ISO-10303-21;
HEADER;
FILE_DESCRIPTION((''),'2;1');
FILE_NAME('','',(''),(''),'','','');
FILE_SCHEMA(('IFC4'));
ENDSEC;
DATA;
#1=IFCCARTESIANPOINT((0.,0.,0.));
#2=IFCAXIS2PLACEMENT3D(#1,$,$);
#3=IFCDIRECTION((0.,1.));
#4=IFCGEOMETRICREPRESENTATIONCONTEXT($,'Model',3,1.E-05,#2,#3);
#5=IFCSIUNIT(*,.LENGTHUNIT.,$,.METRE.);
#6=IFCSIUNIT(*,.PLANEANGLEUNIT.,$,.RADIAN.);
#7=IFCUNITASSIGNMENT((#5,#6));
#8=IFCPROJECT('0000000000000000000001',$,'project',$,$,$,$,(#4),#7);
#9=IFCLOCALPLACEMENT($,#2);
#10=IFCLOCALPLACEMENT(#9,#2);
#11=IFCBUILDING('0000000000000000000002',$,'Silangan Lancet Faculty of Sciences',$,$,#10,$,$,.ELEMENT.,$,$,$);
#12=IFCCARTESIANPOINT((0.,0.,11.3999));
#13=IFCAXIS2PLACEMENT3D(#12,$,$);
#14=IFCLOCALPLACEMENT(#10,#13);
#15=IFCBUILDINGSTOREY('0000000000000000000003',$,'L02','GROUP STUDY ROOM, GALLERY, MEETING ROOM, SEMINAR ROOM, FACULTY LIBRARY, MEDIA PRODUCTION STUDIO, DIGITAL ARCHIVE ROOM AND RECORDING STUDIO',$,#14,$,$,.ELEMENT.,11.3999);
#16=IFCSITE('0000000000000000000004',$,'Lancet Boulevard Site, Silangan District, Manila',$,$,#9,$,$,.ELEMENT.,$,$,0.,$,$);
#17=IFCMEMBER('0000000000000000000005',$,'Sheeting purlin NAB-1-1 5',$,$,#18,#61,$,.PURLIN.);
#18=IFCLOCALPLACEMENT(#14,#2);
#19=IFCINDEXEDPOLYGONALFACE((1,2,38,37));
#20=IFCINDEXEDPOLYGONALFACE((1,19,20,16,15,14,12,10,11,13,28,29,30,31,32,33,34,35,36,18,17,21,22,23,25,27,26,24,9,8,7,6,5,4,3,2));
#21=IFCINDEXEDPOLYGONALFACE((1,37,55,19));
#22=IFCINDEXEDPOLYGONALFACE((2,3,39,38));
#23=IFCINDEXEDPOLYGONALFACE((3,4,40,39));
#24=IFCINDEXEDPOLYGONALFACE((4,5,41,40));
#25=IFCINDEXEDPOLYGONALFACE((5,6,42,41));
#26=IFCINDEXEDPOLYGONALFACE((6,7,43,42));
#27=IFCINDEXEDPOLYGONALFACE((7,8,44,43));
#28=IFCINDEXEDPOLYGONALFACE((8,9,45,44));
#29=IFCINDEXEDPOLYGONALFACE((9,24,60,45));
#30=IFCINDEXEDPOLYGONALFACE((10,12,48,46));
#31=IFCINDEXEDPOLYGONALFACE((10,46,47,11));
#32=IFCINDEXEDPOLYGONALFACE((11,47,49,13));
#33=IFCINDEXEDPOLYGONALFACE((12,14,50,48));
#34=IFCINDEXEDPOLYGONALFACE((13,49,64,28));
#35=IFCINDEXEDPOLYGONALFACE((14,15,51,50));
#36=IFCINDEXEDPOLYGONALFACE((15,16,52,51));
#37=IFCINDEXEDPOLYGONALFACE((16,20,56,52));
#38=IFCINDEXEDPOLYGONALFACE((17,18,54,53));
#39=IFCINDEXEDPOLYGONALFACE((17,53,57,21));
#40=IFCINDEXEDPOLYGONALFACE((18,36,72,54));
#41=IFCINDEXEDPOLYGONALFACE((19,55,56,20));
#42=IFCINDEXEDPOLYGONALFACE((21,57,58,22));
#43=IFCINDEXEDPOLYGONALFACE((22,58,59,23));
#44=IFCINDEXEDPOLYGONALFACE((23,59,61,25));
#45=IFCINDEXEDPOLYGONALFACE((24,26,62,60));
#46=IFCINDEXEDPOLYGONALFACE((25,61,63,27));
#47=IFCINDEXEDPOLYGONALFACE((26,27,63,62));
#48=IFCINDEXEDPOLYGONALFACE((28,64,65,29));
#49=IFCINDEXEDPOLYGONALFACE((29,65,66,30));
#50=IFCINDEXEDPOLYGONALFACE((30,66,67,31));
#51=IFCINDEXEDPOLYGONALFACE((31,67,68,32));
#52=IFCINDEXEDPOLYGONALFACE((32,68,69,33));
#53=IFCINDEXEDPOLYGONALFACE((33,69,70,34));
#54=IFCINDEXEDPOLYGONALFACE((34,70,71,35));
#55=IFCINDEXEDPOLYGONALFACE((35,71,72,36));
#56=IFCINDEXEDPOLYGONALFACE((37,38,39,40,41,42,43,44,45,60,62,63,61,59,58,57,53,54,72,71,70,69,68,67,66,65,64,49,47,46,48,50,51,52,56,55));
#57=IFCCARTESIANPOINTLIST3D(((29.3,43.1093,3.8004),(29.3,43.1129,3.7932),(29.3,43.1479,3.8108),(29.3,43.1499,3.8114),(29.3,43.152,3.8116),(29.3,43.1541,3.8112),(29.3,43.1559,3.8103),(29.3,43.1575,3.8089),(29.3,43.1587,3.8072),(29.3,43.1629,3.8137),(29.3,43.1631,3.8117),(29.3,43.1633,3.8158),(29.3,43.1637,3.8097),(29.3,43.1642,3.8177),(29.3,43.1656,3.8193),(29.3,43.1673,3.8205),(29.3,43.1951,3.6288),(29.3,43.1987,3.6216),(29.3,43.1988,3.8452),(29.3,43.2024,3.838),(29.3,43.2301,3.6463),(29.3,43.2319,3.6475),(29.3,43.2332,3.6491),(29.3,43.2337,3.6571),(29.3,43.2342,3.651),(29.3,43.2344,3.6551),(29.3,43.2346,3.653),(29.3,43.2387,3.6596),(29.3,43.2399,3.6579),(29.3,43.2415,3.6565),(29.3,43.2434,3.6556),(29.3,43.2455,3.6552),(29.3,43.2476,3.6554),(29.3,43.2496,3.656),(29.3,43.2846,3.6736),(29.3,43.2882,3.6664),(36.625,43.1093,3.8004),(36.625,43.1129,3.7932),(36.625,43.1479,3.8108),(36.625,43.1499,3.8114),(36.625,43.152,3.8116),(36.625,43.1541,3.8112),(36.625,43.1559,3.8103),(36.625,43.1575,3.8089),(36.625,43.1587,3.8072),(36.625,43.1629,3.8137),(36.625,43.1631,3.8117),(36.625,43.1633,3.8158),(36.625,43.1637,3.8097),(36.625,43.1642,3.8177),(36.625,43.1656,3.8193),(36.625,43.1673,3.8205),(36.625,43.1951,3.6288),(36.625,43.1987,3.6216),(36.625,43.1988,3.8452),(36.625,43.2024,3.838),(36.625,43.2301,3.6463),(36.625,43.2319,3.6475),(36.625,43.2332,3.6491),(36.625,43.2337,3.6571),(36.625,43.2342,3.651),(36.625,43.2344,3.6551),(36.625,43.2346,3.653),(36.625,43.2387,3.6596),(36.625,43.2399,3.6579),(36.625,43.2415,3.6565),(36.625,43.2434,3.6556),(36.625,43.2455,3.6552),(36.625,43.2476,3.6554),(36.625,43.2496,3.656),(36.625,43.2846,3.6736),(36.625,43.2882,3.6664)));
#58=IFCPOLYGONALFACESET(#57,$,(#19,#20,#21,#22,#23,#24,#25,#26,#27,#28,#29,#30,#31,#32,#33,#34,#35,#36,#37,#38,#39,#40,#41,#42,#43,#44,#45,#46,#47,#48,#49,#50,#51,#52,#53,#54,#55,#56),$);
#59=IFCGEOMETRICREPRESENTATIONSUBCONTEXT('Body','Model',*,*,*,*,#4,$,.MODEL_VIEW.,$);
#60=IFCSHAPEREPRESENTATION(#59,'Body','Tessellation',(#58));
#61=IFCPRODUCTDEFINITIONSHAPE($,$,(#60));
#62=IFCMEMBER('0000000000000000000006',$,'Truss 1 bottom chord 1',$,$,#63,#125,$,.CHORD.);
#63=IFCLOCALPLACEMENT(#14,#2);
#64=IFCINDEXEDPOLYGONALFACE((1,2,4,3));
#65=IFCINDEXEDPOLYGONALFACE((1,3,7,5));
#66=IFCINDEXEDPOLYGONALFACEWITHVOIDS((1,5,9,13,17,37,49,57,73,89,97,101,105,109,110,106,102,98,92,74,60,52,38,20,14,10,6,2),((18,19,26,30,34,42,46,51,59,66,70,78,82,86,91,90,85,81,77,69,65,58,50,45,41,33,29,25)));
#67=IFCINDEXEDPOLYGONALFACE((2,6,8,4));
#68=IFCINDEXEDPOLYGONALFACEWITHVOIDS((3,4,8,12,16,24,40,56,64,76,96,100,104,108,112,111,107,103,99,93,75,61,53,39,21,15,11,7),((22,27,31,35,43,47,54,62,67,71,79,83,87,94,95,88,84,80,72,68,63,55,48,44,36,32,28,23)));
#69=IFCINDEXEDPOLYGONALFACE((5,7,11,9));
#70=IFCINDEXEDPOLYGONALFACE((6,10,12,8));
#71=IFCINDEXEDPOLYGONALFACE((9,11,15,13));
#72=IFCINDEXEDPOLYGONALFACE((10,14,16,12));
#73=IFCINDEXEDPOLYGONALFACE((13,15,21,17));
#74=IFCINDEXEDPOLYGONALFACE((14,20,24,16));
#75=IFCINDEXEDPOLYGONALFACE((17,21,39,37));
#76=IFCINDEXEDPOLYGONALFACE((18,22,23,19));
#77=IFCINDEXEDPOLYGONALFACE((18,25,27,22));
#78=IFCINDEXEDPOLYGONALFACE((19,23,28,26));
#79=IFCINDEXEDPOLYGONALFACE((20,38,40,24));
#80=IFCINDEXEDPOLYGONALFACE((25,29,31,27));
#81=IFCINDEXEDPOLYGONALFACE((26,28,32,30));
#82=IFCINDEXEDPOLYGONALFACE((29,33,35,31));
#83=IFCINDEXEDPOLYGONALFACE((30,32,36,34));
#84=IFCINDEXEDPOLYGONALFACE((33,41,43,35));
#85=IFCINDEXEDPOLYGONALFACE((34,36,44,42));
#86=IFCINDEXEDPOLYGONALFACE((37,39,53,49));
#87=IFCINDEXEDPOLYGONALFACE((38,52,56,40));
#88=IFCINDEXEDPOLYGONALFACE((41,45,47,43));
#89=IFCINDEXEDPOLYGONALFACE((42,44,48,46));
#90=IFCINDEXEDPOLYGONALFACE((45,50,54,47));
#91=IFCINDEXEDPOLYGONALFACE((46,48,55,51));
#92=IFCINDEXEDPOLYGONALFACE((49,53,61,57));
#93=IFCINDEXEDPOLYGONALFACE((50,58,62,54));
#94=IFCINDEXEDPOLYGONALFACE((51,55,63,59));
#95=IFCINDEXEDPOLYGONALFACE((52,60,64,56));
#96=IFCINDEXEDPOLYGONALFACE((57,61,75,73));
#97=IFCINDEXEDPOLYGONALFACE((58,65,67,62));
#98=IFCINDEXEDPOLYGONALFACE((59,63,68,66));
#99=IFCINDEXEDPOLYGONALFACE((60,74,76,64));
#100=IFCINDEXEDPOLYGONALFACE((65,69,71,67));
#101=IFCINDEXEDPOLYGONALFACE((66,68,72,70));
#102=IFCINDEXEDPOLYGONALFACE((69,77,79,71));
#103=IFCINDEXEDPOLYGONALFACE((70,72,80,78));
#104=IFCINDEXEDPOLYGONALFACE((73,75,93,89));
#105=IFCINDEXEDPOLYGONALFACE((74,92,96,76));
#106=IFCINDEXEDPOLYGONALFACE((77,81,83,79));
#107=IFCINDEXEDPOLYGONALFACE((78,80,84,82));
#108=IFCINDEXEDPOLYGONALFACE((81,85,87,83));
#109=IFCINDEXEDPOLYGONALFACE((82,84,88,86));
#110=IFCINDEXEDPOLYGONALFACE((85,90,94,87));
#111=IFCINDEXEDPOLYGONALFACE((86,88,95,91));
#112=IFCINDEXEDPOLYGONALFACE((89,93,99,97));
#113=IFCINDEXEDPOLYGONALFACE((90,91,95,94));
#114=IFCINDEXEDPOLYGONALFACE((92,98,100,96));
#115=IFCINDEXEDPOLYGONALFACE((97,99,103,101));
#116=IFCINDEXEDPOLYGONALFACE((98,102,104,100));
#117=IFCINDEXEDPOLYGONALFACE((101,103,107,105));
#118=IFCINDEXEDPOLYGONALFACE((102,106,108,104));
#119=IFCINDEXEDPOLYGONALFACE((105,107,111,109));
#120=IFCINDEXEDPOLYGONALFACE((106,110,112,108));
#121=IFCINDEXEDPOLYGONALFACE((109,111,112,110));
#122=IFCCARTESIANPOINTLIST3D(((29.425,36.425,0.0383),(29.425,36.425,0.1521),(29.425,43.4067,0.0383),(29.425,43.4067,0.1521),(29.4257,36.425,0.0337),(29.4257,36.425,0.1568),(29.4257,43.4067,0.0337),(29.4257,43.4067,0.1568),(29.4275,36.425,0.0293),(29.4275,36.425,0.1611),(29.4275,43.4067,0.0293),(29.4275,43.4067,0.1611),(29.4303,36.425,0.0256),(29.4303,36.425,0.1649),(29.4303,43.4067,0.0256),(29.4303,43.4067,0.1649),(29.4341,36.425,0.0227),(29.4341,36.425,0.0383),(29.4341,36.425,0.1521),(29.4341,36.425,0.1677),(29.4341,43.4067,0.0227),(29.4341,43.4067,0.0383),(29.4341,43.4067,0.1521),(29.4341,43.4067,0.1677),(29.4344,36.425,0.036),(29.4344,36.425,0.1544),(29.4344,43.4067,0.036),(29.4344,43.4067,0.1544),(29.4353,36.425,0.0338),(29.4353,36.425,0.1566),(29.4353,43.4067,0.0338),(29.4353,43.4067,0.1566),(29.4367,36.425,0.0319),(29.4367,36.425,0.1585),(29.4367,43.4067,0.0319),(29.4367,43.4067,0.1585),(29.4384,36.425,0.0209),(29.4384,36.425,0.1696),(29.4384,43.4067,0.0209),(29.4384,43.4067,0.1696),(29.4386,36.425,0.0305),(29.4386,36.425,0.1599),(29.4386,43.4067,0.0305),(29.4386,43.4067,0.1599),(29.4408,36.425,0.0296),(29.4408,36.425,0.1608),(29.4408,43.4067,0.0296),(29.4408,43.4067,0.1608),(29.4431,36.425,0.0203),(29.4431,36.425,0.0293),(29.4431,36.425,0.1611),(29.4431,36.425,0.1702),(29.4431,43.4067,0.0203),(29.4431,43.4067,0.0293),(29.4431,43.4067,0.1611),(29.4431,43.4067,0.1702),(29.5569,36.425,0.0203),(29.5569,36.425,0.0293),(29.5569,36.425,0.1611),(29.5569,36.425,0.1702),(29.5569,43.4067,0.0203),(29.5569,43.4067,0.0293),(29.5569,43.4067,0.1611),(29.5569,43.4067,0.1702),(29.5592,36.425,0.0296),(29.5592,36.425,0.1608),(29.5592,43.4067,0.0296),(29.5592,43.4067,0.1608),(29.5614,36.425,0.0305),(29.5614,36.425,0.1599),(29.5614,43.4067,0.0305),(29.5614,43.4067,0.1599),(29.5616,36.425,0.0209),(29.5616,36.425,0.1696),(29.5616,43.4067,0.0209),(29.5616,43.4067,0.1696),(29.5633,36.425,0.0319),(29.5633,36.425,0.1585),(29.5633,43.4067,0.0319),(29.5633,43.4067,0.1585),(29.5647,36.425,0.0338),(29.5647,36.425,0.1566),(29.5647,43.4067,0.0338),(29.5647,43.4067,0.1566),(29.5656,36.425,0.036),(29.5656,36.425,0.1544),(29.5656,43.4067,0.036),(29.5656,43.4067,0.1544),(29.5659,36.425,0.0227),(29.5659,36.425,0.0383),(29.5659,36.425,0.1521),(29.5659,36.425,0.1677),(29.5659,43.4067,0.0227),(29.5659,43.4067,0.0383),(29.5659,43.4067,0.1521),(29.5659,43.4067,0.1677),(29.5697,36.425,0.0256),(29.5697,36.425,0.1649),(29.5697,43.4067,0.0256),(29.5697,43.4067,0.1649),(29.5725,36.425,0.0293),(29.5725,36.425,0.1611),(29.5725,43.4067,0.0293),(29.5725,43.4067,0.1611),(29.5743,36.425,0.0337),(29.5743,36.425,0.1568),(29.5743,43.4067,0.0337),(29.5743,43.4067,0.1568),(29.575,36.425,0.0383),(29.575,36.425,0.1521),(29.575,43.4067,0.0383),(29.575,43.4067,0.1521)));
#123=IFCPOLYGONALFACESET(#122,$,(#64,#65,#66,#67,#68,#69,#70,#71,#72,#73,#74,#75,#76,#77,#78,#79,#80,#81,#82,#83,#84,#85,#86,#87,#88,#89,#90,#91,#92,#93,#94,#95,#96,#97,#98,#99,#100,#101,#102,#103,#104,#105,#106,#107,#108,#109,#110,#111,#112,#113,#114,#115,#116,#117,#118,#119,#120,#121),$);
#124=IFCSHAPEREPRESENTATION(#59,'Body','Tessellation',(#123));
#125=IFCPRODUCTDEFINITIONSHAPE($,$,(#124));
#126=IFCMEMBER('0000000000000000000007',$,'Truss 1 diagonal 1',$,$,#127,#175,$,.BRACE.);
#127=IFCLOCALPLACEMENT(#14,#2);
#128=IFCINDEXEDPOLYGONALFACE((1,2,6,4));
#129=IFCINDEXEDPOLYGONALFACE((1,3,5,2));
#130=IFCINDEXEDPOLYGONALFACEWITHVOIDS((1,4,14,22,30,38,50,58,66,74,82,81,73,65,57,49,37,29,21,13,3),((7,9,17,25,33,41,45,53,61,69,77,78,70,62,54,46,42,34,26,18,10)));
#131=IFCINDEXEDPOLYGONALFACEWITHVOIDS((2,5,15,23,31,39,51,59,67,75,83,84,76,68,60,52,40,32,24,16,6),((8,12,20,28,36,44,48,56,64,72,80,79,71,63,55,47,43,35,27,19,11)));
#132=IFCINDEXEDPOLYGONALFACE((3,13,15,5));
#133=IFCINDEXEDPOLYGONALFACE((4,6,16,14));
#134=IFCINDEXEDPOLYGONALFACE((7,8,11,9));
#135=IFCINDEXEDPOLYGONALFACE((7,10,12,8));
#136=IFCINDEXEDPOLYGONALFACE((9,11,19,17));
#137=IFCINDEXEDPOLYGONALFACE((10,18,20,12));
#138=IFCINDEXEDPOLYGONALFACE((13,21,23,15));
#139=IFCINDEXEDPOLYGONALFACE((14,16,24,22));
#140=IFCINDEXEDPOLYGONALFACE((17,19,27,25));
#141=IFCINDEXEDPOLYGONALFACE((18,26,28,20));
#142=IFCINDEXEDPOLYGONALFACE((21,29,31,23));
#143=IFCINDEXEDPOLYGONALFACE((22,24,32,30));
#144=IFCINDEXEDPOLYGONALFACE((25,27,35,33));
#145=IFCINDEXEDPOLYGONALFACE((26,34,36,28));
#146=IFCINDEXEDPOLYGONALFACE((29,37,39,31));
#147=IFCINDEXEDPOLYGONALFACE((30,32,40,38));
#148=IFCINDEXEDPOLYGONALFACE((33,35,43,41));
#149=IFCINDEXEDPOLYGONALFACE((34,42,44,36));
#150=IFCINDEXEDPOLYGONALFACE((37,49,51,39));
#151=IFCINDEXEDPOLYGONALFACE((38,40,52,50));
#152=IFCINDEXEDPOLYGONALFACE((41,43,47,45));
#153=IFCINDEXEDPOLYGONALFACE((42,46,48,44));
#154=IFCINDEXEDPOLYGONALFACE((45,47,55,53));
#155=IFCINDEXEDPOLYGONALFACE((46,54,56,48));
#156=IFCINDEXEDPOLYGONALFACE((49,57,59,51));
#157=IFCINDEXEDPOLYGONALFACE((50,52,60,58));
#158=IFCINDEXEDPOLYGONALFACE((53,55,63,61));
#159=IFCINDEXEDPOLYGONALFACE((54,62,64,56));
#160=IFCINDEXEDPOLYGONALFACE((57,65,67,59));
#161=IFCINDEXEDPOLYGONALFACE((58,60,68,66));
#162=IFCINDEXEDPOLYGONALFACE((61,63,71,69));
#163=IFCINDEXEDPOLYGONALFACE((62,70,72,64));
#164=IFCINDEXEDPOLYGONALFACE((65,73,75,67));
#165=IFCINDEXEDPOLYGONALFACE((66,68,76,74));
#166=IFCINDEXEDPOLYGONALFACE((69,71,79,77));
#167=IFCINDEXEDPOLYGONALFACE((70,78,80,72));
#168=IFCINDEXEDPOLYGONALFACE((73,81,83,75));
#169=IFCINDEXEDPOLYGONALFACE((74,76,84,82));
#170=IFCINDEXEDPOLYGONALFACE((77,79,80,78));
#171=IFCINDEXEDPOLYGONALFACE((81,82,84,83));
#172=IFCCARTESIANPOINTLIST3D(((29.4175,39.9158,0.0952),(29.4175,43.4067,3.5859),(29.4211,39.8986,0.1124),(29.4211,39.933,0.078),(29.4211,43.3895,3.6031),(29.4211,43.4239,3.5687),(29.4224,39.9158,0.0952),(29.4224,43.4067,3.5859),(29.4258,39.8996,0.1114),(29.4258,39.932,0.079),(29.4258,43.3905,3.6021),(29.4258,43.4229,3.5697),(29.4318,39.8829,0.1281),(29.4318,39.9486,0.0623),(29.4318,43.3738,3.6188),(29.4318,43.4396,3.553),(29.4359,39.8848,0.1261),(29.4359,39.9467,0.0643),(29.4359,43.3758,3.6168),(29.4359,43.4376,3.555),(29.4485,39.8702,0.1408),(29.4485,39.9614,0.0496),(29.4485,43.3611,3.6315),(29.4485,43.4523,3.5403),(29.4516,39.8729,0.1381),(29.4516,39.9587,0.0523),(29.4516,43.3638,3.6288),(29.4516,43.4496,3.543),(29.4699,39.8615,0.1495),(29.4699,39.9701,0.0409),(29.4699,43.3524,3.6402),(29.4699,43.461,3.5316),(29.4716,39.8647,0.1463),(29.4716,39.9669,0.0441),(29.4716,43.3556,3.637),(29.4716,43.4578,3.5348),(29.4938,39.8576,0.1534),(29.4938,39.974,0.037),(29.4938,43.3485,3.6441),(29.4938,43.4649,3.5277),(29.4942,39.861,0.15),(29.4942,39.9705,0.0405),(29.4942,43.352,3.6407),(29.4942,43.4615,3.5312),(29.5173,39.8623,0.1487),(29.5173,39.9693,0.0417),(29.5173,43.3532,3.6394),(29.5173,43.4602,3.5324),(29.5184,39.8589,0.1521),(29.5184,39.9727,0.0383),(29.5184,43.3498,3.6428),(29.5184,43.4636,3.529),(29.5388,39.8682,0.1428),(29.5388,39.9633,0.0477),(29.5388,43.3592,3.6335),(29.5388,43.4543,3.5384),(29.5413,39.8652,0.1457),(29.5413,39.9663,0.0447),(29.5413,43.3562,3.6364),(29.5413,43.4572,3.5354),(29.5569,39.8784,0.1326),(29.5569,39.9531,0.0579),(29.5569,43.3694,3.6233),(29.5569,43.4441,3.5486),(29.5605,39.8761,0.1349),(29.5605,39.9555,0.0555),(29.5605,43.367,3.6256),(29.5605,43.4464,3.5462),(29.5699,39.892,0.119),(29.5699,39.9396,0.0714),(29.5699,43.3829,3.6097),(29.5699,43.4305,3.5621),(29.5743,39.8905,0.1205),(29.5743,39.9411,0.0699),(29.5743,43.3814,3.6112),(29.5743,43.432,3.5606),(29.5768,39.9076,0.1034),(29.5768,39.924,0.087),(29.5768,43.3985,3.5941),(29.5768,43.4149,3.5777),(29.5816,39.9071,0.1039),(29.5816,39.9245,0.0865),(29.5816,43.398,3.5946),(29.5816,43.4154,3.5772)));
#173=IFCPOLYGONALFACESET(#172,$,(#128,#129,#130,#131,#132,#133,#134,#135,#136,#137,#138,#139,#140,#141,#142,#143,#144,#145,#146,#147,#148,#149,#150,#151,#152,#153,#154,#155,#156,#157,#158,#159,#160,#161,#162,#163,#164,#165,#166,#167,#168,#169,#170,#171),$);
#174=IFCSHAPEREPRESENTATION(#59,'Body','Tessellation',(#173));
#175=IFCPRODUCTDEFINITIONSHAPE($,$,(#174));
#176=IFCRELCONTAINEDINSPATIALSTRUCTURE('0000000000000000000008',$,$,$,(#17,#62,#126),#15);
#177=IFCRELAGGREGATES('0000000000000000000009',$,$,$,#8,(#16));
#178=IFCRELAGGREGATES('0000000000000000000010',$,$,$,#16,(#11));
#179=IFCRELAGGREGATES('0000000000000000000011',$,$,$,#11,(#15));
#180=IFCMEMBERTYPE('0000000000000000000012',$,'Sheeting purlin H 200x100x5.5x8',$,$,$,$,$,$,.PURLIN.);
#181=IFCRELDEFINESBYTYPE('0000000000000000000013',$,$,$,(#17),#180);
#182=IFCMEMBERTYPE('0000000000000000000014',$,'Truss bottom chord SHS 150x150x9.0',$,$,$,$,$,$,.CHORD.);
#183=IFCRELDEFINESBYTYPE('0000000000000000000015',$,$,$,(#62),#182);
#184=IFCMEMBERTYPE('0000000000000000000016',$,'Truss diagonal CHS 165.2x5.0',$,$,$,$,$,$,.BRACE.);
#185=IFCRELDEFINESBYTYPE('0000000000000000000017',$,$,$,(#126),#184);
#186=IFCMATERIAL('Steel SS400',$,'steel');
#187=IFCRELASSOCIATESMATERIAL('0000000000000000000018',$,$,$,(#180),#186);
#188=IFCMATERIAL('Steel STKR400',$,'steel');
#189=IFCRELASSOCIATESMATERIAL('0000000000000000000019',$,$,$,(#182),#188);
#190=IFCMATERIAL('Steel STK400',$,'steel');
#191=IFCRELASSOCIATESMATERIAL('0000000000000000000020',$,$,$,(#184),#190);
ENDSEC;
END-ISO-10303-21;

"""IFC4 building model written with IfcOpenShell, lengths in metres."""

from ifc_helpers import new_model, si_unit, direction, frame, origin, origin_2d, place, context, subcontext, project, spatial, hollow_rectangle, hollow_circle, i_section, extrude, material, material_profile, profile_set, type_object, element, save


model = new_model("IFC4")

# Units and contexts
model_context = context("Model", 3, precision=1e-05, world=origin(), true_north=direction((0.0, 1.0)))
body_context = subcontext(model_context, "Body", "Model", "MODEL_VIEW")
ifc_project = project(units=[si_unit("LENGTHUNIT", "METRE"), si_unit("PLANEANGLEUNIT", "RADIAN")], contexts=[model_context])

# Site, building, storey
site_placement = place(None, origin())
site = spatial("IfcSite", under=ifc_project, at=site_placement, Name="Lancet Boulevard Site, Silangan District, Manila", CompositionType="ELEMENT", RefElevation=0.0)
building_placement = place(site_placement, origin())
building = spatial("IfcBuilding", under=site, at=building_placement, Name="Silangan Lancet Faculty of Sciences", CompositionType="ELEMENT")
storey_placement = place(building_placement, frame((0.0, 0.0, 11.3999)))
storey = spatial("IfcBuildingStorey", under=building, at=storey_placement, Name="L02", Description="GROUP STUDY ROOM, GALLERY, MEETING ROOM, SEMINAR ROOM, FACULTY LIBRARY, MEDIA PRODUCTION STUDIO, DIGITAL ARCHIVE ROOM AND RECORDING STUDIO", CompositionType="ELEMENT", Elevation=11.3999)

# Members
ifc_material_1 = material(Name="Steel SS400", Category="steel")
ifc_material_profile_1 = material_profile(ifc_material_1, i_section(OverallWidth=0.1001, OverallDepth=0.2, WebThickness=0.0056, FlangeThickness=0.0081, FilletRadius=0.0081, at=origin_2d()), Name="H 200x100x5.5x8")
ifc_profile_set_1 = profile_set([ifc_material_profile_1], Name="Steel SS400")
member_type_1 = type_object("IfcMemberType", Name="Sheeting purlin H 200x100x5.5x8", PredefinedType="PURLIN", material=ifc_profile_set_1)
for number, where, z_axis, x_axis, name in (
    (1, (29.3, 43.1987, 3.7334), (1.0, 0.0, 0.0), (0.0, 0.894427, 0.447214), "Sheeting purlin NAB-1-1 5"),
):
    element("IfcMember", number, at=place(storey_placement, frame(where, z_axis=z_axis, x_axis=x_axis)), inside=storey, type_object=member_type_1, Name=name, PredefinedType="PURLIN", context=body_context, shape_type="SweptSolid", body=[
        extrude(i_section(OverallWidth=0.1001, OverallDepth=0.2, WebThickness=0.0056, FlangeThickness=0.0081, FilletRadius=0.0081, at=origin_2d()), origin(), (0.0, 0.0, 1.0), 7.325),
    ])
ifc_material_2 = material(Name="Steel STKR400", Category="steel")
ifc_material_profile_2 = material_profile(ifc_material_2, hollow_rectangle(XDim=0.1499, YDim=0.1499, WallThickness=0.009, InnerFilletRadius=0.009, OuterFilletRadius=0.0181, at=origin_2d()), Name="SHS 150x150x9.0")
ifc_profile_set_2 = profile_set([ifc_material_profile_2], Name="Steel STKR400")
member_type_2 = type_object("IfcMemberType", Name="Truss bottom chord SHS 150x150x9.0", PredefinedType="CHORD", material=ifc_profile_set_2)
member_1_placement = place(storey_placement, frame((29.5, 36.425, 0.0952), z_axis=(0.0, 1.0, 0.0), x_axis=(-1.0, 0.0, 0.0)))
element("IfcMember", 2, at=member_1_placement, inside=storey, type_object=member_type_2, Name="Truss 1 bottom chord 1", PredefinedType="CHORD", context=body_context, shape_type="SweptSolid", body=[
    extrude(hollow_rectangle(XDim=0.1499, YDim=0.1499, WallThickness=0.009, InnerFilletRadius=0.009, OuterFilletRadius=0.0181, at=origin_2d()), origin(), (0.0, 0.0, 1.0), 6.9817),
])
ifc_material_3 = material(Name="Steel STK400", Category="steel")
ifc_material_profile_3 = material_profile(ifc_material_3, hollow_circle(Radius=0.0825, WallThickness=0.0049, at=origin_2d()), Name="CHS 165.2x5.0")
ifc_profile_set_3 = profile_set([ifc_material_profile_3], Name="Steel STK400")
member_type_3 = type_object("IfcMemberType", Name="Truss diagonal CHS 165.2x5.0", PredefinedType="BRACE", material=ifc_profile_set_3)
member_2_placement = place(storey_placement, frame((29.5, 39.9158, 0.0952), z_axis=(0.0, 0.707132, 0.707082), x_axis=(-1.0, 0.0, 0.0)))
element("IfcMember", 3, at=member_2_placement, inside=storey, type_object=member_type_3, Name="Truss 1 diagonal 1", PredefinedType="BRACE", context=body_context, shape_type="SweptSolid", body=[
    extrude(hollow_circle(Radius=0.0825, WallThickness=0.0049, at=origin_2d()), origin(), (0.0, 0.0, 1.0), 4.9368),
])

save(model, "model.ifc")
